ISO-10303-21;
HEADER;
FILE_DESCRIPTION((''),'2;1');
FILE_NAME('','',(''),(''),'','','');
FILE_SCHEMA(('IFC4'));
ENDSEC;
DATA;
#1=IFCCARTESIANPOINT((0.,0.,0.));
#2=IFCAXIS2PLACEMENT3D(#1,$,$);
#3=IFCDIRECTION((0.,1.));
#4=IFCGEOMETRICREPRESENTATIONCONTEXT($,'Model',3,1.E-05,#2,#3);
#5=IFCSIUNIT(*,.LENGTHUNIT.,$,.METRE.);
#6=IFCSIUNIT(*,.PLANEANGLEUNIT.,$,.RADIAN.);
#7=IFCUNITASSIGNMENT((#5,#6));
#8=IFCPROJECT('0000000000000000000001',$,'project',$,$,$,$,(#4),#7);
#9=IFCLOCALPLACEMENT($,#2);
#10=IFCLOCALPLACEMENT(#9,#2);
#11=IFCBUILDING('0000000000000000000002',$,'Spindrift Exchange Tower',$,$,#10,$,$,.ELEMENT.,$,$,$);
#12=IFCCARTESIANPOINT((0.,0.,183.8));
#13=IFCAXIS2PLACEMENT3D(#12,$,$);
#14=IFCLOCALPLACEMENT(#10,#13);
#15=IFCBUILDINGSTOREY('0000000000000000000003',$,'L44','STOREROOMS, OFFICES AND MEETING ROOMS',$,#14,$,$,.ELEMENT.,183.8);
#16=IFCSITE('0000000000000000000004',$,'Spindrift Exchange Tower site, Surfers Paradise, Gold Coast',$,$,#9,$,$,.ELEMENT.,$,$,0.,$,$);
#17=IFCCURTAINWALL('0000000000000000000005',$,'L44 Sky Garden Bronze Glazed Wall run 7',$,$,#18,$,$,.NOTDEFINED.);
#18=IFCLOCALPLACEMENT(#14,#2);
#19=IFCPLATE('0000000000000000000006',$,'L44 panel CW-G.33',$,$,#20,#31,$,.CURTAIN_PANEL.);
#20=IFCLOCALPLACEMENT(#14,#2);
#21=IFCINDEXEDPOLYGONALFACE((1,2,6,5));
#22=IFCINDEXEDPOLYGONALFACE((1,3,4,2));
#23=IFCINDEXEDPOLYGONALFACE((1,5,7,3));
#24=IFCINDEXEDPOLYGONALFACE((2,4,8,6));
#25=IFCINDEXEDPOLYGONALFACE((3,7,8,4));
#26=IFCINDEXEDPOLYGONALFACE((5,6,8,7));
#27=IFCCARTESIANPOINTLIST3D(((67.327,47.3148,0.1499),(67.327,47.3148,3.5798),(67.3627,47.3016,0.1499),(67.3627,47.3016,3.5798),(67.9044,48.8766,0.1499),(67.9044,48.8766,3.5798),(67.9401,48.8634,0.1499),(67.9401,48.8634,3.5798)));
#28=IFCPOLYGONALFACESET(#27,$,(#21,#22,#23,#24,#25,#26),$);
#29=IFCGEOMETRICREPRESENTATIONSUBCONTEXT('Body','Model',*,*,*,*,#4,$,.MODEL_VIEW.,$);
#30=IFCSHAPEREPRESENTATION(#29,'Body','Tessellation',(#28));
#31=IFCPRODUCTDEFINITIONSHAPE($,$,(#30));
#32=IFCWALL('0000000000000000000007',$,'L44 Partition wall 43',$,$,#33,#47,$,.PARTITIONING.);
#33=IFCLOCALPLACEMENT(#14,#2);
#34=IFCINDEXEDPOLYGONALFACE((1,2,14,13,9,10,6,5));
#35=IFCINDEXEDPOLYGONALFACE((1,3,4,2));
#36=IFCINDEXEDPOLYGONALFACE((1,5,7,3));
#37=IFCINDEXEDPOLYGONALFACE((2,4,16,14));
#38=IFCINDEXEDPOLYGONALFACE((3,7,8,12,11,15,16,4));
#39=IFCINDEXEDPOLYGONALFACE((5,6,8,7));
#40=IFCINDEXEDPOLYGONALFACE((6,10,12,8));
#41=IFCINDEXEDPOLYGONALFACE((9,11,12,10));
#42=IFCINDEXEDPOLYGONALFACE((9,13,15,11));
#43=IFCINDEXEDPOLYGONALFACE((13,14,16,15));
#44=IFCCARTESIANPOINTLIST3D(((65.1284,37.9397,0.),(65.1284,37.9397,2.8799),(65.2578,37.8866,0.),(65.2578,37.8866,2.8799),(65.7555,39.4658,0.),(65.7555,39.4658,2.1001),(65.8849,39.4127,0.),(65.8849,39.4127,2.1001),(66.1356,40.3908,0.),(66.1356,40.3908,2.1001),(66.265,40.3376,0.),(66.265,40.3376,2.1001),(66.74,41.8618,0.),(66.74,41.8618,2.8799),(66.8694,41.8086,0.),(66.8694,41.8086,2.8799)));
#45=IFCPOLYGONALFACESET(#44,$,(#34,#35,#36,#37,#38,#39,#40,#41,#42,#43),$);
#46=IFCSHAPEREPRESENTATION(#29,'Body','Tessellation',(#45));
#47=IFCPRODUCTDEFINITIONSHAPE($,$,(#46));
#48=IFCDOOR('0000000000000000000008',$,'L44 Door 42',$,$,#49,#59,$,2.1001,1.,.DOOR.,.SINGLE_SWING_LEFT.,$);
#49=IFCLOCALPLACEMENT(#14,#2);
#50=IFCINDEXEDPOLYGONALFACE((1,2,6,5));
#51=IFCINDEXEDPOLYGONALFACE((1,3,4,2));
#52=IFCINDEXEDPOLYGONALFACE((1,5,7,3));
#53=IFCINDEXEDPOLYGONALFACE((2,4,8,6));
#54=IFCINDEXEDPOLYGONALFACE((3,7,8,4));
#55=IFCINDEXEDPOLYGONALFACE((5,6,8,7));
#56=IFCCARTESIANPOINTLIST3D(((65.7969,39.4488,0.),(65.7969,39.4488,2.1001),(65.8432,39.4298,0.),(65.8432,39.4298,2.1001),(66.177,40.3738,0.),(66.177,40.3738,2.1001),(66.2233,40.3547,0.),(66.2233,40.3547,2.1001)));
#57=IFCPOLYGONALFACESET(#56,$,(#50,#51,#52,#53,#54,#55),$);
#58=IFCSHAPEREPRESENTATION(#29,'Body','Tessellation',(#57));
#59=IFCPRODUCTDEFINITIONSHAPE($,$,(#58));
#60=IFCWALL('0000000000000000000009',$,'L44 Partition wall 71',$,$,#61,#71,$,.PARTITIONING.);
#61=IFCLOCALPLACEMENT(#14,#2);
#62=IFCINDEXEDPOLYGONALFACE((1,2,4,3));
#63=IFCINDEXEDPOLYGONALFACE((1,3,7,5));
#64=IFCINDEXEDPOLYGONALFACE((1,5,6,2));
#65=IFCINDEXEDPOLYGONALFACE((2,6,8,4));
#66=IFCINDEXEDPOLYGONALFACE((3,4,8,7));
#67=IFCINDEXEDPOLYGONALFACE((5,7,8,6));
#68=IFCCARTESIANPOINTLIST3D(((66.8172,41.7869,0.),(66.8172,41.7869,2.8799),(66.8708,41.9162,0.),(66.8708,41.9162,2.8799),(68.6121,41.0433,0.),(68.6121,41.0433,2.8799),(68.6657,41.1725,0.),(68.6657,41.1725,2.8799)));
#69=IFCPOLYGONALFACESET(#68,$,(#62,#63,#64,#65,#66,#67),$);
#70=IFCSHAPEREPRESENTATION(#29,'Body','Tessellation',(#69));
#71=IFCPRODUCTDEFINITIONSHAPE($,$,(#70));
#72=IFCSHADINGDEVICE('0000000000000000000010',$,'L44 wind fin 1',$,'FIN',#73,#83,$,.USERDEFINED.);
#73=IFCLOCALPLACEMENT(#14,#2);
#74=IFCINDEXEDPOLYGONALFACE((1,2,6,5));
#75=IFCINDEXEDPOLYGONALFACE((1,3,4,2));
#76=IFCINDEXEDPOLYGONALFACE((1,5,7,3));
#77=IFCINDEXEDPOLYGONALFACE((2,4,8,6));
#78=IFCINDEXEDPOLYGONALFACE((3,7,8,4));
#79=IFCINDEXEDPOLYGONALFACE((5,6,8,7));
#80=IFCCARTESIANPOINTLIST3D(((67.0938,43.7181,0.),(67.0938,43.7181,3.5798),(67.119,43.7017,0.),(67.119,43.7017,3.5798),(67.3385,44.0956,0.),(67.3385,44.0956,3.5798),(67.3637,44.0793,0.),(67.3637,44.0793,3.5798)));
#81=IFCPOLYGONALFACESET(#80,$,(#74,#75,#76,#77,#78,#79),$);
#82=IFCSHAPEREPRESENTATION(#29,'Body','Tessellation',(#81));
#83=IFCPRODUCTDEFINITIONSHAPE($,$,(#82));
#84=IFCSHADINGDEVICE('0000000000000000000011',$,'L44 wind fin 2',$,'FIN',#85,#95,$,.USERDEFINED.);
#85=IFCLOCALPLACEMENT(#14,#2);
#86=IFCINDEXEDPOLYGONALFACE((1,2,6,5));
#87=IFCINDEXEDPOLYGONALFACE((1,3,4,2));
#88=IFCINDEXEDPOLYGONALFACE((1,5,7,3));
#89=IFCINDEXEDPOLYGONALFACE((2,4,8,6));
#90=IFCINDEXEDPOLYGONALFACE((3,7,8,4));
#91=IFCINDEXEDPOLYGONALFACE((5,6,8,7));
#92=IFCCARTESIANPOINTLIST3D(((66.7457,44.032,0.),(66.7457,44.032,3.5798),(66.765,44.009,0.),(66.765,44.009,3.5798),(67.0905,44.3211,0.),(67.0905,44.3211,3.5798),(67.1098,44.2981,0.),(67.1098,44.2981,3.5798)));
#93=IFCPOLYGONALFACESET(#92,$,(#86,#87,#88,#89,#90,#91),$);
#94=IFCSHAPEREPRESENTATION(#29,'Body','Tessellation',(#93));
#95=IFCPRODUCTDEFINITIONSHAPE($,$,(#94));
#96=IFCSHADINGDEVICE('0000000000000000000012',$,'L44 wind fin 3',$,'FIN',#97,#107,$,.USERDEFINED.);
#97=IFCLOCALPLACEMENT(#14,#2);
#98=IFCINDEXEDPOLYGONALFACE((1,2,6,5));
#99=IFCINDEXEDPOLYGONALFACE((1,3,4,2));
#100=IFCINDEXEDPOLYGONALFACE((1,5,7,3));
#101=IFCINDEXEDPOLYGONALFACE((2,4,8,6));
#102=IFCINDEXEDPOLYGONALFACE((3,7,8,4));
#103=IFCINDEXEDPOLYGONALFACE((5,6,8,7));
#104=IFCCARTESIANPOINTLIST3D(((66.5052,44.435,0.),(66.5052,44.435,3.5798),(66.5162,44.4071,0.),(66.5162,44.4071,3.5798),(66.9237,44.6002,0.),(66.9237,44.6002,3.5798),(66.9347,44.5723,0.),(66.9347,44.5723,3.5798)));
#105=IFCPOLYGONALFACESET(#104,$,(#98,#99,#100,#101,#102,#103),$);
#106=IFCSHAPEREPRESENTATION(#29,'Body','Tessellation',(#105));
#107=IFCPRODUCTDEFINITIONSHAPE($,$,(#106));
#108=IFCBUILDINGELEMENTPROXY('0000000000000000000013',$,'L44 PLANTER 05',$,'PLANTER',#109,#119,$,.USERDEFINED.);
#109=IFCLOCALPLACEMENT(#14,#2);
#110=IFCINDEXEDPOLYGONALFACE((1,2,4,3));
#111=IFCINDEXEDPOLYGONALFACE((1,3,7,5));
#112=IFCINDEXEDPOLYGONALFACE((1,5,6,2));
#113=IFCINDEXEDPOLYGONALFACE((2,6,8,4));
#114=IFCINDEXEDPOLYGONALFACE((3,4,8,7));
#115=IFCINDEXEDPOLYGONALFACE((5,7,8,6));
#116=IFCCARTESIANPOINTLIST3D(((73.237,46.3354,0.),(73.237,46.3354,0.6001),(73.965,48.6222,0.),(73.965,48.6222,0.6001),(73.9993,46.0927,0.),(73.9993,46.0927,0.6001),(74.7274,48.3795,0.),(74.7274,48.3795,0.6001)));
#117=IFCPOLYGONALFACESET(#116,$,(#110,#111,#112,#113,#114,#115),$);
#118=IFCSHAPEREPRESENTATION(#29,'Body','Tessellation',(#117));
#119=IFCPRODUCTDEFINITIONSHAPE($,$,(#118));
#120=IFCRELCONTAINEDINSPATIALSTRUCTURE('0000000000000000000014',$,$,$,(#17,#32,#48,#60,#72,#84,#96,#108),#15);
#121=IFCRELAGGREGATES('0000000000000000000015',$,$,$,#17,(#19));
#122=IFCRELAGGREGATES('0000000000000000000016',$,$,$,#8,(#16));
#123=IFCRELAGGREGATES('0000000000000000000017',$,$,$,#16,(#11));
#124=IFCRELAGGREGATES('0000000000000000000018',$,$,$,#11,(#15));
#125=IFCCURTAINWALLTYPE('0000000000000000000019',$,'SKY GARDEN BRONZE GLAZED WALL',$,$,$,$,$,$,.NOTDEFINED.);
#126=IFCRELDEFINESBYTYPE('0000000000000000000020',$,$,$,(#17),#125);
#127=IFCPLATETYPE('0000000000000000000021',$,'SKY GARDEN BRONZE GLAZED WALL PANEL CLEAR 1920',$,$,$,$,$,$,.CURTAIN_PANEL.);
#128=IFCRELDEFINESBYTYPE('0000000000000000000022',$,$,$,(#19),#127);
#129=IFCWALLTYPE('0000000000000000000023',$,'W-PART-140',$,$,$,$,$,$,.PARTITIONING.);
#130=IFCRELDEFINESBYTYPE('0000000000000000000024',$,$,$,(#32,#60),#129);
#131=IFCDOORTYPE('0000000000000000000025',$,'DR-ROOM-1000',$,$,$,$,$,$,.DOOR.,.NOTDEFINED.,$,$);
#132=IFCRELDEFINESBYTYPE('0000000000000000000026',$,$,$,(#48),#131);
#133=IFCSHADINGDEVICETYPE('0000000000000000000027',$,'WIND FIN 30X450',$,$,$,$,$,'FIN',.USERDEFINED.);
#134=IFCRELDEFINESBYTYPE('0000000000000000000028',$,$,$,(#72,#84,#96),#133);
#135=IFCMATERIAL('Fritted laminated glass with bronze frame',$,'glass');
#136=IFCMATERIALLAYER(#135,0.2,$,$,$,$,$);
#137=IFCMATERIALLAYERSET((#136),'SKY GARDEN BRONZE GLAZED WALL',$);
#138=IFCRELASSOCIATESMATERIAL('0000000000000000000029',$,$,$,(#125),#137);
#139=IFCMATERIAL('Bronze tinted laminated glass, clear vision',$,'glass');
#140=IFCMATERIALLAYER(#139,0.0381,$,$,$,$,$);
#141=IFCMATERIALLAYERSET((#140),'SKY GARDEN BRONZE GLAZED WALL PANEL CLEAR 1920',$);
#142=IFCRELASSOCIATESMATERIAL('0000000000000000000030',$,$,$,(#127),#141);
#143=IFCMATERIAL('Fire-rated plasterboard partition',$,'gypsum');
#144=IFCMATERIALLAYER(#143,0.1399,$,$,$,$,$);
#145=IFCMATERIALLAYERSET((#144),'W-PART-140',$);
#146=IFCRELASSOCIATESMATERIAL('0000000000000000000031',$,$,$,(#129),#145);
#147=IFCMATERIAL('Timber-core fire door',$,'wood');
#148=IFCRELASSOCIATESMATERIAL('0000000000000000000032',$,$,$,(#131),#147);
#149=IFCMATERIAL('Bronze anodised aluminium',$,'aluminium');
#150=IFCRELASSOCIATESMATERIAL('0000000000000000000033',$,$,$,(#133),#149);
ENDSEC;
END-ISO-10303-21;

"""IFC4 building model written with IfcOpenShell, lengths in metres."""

from ifc_helpers import new_model, si_unit, direction, frame, frame_2d, origin, origin_2d, place, context, subcontext, project, spatial, rectangle, extrude, source, transform, mapped, material, layer, layer_set, material_profile, profile_set, type_object, element, fill, aggregate, save


model = new_model("IFC4")

# Units and contexts
model_context = context("Model", 3, precision=1e-05, world=origin(), true_north=direction((0.0, 1.0)))
body_context = subcontext(model_context, "Body", "Model", "MODEL_VIEW")
ifc_project = project(units=[si_unit("LENGTHUNIT", "METRE"), si_unit("PLANEANGLEUNIT", "RADIAN")], contexts=[model_context])

# Site, building, storey
site_placement = place(None, origin())
site = spatial("IfcSite", under=ifc_project, at=site_placement, Name="Spindrift Exchange Tower site, Surfers Paradise, Gold Coast", CompositionType="ELEMENT", RefElevation=0.0)
building_placement = place(site_placement, origin())
building = spatial("IfcBuilding", under=site, at=building_placement, Name="Spindrift Exchange Tower", CompositionType="ELEMENT")
storey_placement = place(building_placement, frame((0.0, 0.0, 183.8)))
storey = spatial("IfcBuildingStorey", under=building, at=storey_placement, Name="L44", Description="STOREROOMS, OFFICES AND MEETING ROOMS", CompositionType="ELEMENT", Elevation=183.8)

# Shared definitions
ifc_material_1 = material(Name="Fritted laminated glass with bronze frame", Category="glass")
ifc_layer_1 = layer(ifc_material_1, 0.2)
ifc_layer_set_1 = layer_set([ifc_layer_1], Name="SKY GARDEN BRONZE GLAZED WALL")
curtain_wall_type = type_object("IfcCurtainWallType", Name="SKY GARDEN BRONZE GLAZED WALL", PredefinedType="NOTDEFINED", material=ifc_layer_set_1)
ifc_material_2 = material(Name="Bronze anodised aluminium", Category="aluminium")

# Curtain wall
curtain_wall_1_placement = place(storey_placement, origin())
curtain_wall_1 = element("IfcCurtainWall", 1, at=curtain_wall_1_placement, inside=storey, type_object=curtain_wall_type, Name="L44 Sky Garden Bronze Glazed Wall run 7", PredefinedType="NOTDEFINED")

# Plate
ifc_material_3 = material(Name="Bronze tinted laminated glass, clear vision", Category="glass")
ifc_layer_2 = layer(ifc_material_3, 0.0381)
ifc_layer_set_2 = layer_set([ifc_layer_2], Name="SKY GARDEN BRONZE GLAZED WALL PANEL CLEAR 1920")
plate_type_1 = type_object("IfcPlateType", Name="SKY GARDEN BRONZE GLAZED WALL PANEL CLEAR 1920", PredefinedType="CURTAIN_PANEL", material=ifc_layer_set_2)
shared_shape_1 = source(origin(), body_context, "Body", "SweptSolid", [
    extrude(rectangle(XDim=1.665, YDim=0.0381, at=origin_2d()), origin(), (0.0, 0.0, 1.0), 3.4299),
])
plate_1_placement = place(storey_placement, frame((67.6335, 48.0891, 0.1499), z_axis=(0.0, 0.0, 1.0), x_axis=(0.346749, 0.937958, 0.0)))
plate_1 = element("IfcPlate", 2, at=plate_1_placement, type_object=plate_type_1, Name="L44 panel CW-G.33", PredefinedType="CURTAIN_PANEL", context=body_context, shape_type="MappedRepresentation", body=[
    mapped(shared_shape_1, transform((0.0, 0.0, 0.0), scale=1.0)),
])
aggregate(curtain_wall_1, [plate_1])

# Wall, opening, door
ifc_material_4 = material(Name="Fire-rated plasterboard partition", Category="gypsum")
ifc_layer_3 = layer(ifc_material_4, 0.1399)
ifc_layer_set_3 = layer_set([ifc_layer_3], Name="W-PART-140")
wall_type = type_object("IfcWallType", Name="W-PART-140", PredefinedType="PARTITIONING", material=ifc_layer_set_3)
wall_1_placement = place(storey_placement, frame((66.8047, 41.8352, 0.0), z_axis=(0.0, 0.0, 1.0), x_axis=(-0.38006, -0.924962, 0.0)))
wall_1 = element("IfcWall", 3, at=wall_1_placement, inside=storey, type_object=wall_type, Name="L44 Partition wall 43", PredefinedType="PARTITIONING", context=body_context, shape_type="SweptSolid", body=[
    extrude(rectangle(XDim=4.2402, YDim=0.1399, at=frame_2d((2.1201, 0.0))), origin(), (0.0, 0.0, 1.0), 2.8799),
])
opening_placement = place(wall_1_placement, frame((1.5903, 0.0, 0.0)))
opening = element("IfcOpeningElement", 4, at=opening_placement, cuts=wall_1, PredefinedType="OPENING", context=body_context, shape_type="SweptSolid", body=[
    extrude(rectangle(XDim=1.0, YDim=2.1001, at=frame_2d((0.5, 1.05))), frame((0.0, 0.0798, 0.0), z_axis=(0.0, -1.0, 0.0), x_axis=(1.0, 0.0, 0.0)), (0.0, 0.0, 1.0), 0.1599),
])
ifc_material_5 = material(Name="Timber-core fire door", Category="wood")
door_type = type_object("IfcDoorType", Name="DR-ROOM-1000", OperationType="NOTDEFINED", PredefinedType="DOOR", material=ifc_material_5)
shared_shape_2 = source(origin(), body_context, "Body", "SweptSolid", [
    extrude(rectangle(XDim=1.0, YDim=2.1001, at=frame_2d((0.5, 1.05))), frame((0.0, 0.0249, 0.0), z_axis=(0.0, -1.0, 0.0), x_axis=(1.0, 0.0, 0.0)), (0.0, 0.0, 1.0), 0.05),
])
door_placement = place(opening_placement, origin())
door = element("IfcDoor", 5, at=door_placement, inside=storey, type_object=door_type, Name="L44 Door 42", OperationType="SINGLE_SWING_LEFT", OverallHeight=2.1001, OverallWidth=1.0, PredefinedType="DOOR", context=body_context, shape_type="MappedRepresentation", body=[
    mapped(shared_shape_2, transform((0.0, 0.0, 0.0), scale=1.0)),
])
fill(opening, door)

# Wall
wall_2_placement = place(storey_placement, frame((66.844, 41.8516, 0.0), z_axis=(0.0, 0.0, 1.0), x_axis=(0.923848, -0.382759, 0.0)))
element("IfcWall", 6, at=wall_2_placement, inside=storey, type_object=wall_type, Name="L44 Partition wall 71", PredefinedType="PARTITIONING", context=body_context, shape_type="SweptSolid", body=[
    extrude(rectangle(XDim=1.9429, YDim=0.1399, at=frame_2d((0.9714, 0.0))), origin(), (0.0, 0.0, 1.0), 2.8799),
])

# Shading devices
ifc_material_profile_1 = material_profile(ifc_material_2, rectangle(XDim=0.03, YDim=0.45, at=origin_2d()), Name="WIND FIN 30X450")
ifc_profile_set_1 = profile_set([ifc_material_profile_1], Name="Bronze anodised aluminium")
shading_device_type = type_object("IfcShadingDeviceType", Name="WIND FIN 30X450", ElementType="FIN", PredefinedType="USERDEFINED", material=ifc_profile_set_1)
shared_shape_3 = source(origin(), body_context, "Body", "SweptSolid", [
    extrude(rectangle(XDim=0.03, YDim=0.45, at=origin_2d()), origin(), (0.0, 0.0, 1.0), 3.5798),
])
for number, where, z_axis, x_axis, name in (
    (7, (67.2288, 43.8987, 0.0), (0.0, 0.0, 1.0), (-0.839165, 0.543876, 0.0), "L44 wind fin 1"),
    (8, (66.9277, 44.165, 0.0), (0.0, 0.0, 1.0), (-0.64241, 0.766361, 0.0), "L44 wind fin 2"),
    (9, (66.72, 44.5037, 0.0), (0.0, 0.0, 1.0), (-0.36723, 0.93013, 0.0), "L44 wind fin 3"),
):
    element("IfcShadingDevice", number, at=place(storey_placement, frame(where, z_axis=z_axis, x_axis=x_axis)), inside=storey, type_object=shading_device_type, Name=name, ObjectType="FIN", PredefinedType="USERDEFINED", context=body_context, shape_type="MappedRepresentation", body=[
        mapped(shared_shape_3, transform((0.0, 0.0, 0.0), scale=1.0)),
    ])

# Building element proxy
shared_shape_4 = source(origin(), body_context, "Body", "SweptSolid", [
    extrude(rectangle(XDim=2.3999, YDim=0.8, at=origin_2d()), origin(), (0.0, 0.0, 1.0), 0.6001),
])
proxy_placement = place(storey_placement, frame((73.9822, 47.3574, 0.0), z_axis=(0.0, 0.0, 1.0), x_axis=(-0.30337, -0.952873, 0.0)))
element("IfcBuildingElementProxy", 10, at=proxy_placement, inside=storey, Name="L44 PLANTER 05", ObjectType="PLANTER", PredefinedType="USERDEFINED", context=body_context, shape_type="MappedRepresentation", body=[
    mapped(shared_shape_4, transform((0.0, 0.0, 0.0), scale=1.0)),
])

save(model, "model.ifc")
